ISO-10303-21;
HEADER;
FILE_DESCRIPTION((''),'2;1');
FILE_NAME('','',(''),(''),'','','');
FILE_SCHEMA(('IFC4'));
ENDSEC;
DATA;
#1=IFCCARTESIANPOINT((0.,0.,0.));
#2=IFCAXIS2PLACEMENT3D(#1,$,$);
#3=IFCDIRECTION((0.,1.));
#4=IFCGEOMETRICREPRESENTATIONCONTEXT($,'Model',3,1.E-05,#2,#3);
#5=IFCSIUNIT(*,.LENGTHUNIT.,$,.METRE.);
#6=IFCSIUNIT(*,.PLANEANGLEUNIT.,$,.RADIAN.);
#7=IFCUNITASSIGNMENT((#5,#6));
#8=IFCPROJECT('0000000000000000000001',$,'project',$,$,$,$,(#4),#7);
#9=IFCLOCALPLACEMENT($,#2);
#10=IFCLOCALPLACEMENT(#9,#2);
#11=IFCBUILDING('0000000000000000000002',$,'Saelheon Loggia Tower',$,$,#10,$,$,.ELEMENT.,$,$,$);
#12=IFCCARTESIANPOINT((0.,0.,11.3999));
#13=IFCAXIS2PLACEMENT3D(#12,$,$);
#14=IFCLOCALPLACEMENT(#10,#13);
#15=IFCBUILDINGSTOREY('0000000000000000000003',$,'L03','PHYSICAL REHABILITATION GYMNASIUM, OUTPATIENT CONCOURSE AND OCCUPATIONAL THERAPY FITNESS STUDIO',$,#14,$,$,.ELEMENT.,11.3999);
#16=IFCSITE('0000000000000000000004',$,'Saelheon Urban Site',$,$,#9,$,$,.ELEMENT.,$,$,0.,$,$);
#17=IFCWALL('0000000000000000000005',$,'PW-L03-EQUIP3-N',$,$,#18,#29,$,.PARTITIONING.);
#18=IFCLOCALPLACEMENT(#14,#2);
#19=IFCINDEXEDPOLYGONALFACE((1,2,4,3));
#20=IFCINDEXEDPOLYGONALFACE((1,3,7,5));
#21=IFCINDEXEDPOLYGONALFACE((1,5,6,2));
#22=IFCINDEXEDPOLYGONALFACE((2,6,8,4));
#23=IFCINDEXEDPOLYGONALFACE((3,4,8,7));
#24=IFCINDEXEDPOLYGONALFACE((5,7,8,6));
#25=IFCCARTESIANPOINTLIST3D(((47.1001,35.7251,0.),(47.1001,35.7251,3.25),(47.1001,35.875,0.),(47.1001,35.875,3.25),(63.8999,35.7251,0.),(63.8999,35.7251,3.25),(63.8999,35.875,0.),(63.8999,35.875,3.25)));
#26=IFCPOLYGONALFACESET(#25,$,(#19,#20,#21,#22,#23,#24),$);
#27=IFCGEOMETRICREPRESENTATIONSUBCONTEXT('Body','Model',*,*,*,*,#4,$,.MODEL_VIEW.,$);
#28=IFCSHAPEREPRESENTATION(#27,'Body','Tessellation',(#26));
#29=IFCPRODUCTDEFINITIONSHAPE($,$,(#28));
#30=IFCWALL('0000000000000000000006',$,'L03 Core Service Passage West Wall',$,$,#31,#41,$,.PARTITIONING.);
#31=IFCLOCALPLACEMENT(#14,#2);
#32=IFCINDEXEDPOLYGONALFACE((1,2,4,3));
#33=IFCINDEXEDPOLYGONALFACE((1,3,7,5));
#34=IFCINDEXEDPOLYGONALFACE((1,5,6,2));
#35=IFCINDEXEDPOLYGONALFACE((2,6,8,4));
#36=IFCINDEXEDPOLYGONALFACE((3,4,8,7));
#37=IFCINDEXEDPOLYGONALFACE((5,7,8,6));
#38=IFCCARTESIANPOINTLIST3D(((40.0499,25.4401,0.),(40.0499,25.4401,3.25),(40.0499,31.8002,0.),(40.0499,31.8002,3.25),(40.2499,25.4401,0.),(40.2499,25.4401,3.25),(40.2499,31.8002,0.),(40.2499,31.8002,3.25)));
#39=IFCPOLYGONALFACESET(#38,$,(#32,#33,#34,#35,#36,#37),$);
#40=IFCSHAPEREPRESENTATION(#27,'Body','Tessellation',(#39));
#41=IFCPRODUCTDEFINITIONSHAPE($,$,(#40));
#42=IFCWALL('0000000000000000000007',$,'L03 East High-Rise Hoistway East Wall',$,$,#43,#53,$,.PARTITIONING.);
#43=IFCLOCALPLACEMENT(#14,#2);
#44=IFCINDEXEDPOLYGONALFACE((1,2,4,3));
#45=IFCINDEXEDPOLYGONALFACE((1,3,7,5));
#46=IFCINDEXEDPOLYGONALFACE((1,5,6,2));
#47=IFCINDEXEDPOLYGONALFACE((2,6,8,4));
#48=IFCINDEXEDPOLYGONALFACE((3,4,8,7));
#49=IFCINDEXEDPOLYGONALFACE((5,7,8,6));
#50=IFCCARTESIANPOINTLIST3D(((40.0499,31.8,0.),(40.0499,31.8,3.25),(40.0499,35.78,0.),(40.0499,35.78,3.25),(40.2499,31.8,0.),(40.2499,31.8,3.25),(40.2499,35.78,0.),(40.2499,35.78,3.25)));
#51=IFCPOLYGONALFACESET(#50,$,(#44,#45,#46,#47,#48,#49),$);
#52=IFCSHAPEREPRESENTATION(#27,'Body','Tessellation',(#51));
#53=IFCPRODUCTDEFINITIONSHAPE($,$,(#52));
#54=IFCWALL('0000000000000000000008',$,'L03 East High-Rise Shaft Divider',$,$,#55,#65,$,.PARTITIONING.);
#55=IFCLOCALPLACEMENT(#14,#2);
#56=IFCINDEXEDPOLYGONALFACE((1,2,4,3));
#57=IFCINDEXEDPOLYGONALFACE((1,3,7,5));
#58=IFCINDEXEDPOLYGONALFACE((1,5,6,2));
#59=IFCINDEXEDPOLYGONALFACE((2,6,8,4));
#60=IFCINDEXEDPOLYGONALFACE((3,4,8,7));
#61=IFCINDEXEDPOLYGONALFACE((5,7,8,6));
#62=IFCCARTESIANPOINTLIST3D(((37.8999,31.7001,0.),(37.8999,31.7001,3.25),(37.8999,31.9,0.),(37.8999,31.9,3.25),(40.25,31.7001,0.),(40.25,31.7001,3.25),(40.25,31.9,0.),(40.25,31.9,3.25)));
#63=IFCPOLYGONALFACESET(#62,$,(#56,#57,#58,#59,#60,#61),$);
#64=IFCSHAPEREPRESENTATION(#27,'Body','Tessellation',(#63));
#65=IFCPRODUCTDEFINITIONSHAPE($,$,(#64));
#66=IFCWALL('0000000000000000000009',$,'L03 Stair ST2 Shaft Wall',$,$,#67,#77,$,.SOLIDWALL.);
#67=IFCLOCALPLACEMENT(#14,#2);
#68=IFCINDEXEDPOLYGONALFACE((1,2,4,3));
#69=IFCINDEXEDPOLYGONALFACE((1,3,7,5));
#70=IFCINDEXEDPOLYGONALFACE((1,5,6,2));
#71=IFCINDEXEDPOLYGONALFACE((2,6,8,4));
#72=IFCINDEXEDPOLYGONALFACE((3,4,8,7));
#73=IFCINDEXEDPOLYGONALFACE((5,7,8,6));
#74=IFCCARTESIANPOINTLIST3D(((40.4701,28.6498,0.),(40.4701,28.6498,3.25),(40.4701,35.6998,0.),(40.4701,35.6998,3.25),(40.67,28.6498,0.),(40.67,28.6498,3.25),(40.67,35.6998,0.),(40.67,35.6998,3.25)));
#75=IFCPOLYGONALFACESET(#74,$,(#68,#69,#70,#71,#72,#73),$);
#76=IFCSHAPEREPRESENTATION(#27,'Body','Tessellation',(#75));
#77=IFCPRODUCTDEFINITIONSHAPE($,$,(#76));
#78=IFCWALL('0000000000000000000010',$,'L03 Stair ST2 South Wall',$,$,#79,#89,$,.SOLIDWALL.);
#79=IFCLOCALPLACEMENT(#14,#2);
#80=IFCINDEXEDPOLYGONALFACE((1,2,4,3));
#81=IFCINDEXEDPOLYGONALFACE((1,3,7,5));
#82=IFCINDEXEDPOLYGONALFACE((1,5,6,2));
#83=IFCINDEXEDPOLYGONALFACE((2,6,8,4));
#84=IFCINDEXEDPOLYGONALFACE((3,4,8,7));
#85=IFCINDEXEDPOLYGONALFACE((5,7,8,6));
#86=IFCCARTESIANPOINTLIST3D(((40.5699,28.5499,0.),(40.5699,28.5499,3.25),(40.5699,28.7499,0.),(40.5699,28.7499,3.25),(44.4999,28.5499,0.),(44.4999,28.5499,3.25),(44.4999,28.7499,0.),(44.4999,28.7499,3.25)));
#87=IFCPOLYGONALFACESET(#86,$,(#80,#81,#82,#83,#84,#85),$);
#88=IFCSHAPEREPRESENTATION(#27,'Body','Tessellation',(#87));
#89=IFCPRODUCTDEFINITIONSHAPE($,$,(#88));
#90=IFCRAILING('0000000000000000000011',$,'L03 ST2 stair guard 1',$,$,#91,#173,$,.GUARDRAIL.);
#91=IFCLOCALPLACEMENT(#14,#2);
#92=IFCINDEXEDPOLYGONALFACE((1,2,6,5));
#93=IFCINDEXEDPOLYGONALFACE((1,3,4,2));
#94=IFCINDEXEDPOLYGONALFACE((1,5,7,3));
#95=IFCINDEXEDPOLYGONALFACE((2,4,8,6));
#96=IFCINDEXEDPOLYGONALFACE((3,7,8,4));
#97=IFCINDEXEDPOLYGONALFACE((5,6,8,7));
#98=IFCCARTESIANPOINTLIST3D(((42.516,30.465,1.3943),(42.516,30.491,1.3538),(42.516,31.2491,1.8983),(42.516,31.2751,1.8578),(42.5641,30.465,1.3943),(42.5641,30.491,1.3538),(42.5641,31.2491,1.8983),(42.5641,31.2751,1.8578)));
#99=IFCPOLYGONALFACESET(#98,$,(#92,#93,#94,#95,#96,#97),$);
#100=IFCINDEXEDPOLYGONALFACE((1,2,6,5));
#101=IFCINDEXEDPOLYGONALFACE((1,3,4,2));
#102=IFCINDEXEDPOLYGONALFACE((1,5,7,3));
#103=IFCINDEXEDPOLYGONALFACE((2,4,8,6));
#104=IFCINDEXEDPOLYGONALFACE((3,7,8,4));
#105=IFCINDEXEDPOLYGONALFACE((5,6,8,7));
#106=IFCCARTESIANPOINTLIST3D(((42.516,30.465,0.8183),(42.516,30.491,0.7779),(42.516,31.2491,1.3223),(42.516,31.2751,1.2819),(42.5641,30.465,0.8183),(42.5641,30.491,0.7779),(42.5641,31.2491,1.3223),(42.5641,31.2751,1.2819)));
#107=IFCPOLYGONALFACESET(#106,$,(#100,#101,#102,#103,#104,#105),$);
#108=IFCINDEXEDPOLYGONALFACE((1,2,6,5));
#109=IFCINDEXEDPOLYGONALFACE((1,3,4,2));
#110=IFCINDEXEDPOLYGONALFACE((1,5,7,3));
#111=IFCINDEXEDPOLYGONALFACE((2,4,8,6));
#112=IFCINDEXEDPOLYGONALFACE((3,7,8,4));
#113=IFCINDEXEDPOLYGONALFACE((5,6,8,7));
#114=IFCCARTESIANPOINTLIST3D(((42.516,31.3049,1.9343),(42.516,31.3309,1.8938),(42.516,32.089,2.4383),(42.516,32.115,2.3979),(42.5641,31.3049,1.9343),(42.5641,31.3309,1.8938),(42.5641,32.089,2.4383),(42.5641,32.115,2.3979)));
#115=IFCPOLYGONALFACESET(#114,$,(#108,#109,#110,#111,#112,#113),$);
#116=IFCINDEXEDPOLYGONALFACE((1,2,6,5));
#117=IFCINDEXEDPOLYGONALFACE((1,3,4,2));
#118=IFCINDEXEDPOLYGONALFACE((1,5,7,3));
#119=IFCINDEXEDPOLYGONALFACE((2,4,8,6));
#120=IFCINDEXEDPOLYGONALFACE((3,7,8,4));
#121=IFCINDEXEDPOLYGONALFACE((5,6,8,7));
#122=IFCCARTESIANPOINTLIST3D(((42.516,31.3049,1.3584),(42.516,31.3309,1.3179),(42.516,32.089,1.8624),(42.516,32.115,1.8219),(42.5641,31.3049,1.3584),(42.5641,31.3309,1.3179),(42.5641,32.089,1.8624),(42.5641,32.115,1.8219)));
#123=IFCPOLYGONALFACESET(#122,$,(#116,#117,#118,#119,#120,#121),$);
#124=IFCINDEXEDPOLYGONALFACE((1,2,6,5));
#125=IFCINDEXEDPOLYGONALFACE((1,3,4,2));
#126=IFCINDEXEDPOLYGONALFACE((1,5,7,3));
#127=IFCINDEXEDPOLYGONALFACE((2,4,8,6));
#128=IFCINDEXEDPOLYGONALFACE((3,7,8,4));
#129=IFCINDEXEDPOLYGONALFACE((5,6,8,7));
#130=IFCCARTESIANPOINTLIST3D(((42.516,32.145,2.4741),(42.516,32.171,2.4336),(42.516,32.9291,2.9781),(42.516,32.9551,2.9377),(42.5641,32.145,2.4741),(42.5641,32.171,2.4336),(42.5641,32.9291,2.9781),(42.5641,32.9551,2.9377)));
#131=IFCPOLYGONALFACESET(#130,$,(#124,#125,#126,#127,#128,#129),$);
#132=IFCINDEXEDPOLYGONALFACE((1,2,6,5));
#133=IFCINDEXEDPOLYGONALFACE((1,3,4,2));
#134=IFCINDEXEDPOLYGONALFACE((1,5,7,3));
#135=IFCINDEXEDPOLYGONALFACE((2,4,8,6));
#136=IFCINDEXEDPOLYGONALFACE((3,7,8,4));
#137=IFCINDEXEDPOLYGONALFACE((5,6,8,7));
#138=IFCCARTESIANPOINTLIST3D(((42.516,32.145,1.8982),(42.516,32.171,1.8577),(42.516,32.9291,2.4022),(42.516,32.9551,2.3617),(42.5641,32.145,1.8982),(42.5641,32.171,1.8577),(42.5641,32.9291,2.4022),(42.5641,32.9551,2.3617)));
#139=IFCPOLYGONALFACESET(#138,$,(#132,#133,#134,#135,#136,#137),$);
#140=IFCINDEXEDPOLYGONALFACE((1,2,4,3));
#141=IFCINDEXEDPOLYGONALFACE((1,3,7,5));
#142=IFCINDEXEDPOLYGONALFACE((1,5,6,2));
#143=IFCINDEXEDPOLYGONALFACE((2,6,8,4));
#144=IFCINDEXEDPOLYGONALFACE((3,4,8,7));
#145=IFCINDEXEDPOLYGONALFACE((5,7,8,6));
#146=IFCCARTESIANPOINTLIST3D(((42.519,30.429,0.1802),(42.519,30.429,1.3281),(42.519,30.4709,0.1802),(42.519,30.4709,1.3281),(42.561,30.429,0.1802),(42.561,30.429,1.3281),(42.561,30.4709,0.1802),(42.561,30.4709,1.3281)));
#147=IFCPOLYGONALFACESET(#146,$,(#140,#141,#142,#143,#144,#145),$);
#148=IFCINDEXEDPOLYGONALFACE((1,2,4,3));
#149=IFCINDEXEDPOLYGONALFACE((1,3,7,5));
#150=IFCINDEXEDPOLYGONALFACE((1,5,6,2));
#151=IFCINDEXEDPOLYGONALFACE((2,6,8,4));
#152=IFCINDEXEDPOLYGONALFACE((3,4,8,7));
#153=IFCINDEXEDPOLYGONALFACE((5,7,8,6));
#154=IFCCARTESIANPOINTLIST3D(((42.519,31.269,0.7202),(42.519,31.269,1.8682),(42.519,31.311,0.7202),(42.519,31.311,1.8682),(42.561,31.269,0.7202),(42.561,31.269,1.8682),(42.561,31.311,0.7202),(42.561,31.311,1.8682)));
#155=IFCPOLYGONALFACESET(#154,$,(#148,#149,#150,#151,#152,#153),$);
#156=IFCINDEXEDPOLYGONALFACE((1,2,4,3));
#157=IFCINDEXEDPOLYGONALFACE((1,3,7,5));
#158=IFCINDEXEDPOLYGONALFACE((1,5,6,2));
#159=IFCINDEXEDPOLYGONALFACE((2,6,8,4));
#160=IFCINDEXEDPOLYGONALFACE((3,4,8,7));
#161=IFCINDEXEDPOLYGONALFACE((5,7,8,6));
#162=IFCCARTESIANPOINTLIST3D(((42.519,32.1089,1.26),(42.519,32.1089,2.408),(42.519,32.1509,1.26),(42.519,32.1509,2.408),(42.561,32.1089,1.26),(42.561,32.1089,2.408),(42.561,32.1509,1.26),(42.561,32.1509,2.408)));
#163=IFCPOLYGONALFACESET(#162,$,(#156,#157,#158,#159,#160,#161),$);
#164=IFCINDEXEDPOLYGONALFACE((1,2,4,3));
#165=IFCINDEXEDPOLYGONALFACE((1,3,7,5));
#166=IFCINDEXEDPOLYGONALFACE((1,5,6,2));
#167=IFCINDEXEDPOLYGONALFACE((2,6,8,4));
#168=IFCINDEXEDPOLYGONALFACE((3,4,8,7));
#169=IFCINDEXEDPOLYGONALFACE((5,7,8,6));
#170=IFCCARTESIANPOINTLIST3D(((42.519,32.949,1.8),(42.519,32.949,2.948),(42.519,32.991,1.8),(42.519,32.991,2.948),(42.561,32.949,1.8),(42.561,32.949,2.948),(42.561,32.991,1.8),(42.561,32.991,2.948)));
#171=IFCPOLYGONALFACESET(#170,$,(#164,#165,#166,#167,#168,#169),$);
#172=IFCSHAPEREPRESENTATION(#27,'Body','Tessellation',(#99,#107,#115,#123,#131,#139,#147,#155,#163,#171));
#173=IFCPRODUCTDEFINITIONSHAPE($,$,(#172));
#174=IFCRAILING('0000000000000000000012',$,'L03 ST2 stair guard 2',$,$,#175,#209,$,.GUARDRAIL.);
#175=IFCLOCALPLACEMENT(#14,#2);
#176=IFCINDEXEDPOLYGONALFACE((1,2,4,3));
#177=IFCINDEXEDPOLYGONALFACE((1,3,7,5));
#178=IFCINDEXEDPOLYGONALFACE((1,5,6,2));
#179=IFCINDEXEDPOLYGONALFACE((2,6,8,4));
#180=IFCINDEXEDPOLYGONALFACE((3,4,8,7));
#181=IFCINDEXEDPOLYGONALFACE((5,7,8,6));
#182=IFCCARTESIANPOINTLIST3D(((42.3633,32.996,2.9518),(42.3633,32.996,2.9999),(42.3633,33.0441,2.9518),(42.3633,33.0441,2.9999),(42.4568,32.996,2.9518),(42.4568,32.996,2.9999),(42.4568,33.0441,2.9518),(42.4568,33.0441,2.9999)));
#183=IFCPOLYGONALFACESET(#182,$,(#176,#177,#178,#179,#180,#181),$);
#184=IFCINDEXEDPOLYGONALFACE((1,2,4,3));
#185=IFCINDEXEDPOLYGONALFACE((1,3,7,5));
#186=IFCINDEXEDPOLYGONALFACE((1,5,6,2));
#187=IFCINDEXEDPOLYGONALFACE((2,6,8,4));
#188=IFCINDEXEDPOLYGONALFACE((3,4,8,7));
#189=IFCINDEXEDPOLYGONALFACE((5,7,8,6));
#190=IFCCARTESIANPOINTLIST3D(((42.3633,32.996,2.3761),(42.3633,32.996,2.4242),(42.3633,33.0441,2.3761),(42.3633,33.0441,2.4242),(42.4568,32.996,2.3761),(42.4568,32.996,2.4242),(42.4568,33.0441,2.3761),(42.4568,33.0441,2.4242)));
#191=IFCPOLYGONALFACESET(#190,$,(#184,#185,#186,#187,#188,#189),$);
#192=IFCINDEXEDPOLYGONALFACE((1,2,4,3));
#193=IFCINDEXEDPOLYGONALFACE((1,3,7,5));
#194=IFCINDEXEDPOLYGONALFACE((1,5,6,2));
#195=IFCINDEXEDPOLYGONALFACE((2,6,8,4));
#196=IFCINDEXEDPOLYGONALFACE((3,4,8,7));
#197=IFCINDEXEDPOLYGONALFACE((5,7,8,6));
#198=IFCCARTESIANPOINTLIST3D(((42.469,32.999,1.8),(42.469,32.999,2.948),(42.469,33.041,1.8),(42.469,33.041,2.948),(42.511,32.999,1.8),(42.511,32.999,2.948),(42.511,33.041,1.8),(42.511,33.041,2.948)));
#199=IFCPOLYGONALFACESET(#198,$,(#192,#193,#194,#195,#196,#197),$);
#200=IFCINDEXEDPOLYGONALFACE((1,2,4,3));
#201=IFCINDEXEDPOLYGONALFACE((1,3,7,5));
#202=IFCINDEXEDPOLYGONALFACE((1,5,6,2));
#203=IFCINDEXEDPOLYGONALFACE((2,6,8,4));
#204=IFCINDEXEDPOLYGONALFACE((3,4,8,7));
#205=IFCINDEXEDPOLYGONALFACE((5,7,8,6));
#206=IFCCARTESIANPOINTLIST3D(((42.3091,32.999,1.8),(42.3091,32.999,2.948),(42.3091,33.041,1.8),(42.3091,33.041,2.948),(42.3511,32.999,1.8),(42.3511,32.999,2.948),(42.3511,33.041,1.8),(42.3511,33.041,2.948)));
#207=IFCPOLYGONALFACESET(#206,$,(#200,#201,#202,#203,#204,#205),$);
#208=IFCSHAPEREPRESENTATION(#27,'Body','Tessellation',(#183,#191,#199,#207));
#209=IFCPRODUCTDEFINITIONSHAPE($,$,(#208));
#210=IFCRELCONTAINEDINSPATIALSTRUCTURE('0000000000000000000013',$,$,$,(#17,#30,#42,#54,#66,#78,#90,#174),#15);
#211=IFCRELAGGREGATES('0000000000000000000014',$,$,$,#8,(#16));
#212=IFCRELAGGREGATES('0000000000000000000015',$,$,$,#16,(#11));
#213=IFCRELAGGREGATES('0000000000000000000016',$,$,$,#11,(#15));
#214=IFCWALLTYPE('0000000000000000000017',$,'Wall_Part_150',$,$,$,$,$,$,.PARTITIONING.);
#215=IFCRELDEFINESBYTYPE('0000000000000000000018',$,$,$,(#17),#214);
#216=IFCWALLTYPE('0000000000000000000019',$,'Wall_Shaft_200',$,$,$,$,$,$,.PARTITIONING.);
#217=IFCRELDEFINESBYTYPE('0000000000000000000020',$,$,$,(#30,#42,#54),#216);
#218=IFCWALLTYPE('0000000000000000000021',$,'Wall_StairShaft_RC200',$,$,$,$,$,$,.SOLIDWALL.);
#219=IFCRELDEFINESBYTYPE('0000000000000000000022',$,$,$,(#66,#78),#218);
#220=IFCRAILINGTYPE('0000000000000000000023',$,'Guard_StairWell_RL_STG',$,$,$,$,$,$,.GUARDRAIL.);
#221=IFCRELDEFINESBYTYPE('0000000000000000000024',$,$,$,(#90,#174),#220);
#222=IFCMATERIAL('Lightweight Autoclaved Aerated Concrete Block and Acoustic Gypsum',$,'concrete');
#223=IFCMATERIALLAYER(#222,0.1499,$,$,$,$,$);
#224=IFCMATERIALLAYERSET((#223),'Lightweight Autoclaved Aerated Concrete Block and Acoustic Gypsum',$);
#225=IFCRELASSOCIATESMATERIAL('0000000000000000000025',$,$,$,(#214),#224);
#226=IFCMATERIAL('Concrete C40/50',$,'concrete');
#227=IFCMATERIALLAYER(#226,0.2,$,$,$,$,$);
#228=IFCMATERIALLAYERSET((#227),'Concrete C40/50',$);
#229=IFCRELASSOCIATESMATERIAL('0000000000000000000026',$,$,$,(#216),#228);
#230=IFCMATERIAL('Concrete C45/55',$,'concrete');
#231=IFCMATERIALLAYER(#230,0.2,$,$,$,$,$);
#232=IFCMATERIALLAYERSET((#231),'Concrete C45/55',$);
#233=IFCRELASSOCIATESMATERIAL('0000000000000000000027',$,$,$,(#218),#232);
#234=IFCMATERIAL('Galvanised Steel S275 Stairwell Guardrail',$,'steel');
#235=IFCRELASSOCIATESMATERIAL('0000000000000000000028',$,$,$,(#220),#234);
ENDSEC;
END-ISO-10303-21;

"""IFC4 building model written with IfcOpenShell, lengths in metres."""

from ifc_helpers import new_model, si_unit, direction, frame, frame_2d, origin, origin_2d, place, context, subcontext, project, spatial, rectangle, extrude, material, layer, layer_set, type_object, element, save


model = new_model("IFC4")

# Units and contexts
model_context = context("Model", 3, precision=1e-05, world=origin(), true_north=direction((0.0, 1.0)))
body_context = subcontext(model_context, "Body", "Model", "MODEL_VIEW")
ifc_project = project(units=[si_unit("LENGTHUNIT", "METRE"), si_unit("PLANEANGLEUNIT", "RADIAN")], contexts=[model_context])

# Site, building, storey
site_placement = place(None, origin())
site = spatial("IfcSite", under=ifc_project, at=site_placement, Name="Saelheon Urban Site", CompositionType="ELEMENT", RefElevation=0.0)
building_placement = place(site_placement, origin())
building = spatial("IfcBuilding", under=site, at=building_placement, Name="Saelheon Loggia Tower", CompositionType="ELEMENT")
storey_placement = place(building_placement, frame((0.0, 0.0, 11.3999)))
storey = spatial("IfcBuildingStorey", under=building, at=storey_placement, Name="L03", Description="PHYSICAL REHABILITATION GYMNASIUM, OUTPATIENT CONCOURSE AND OCCUPATIONAL THERAPY FITNESS STUDIO", CompositionType="ELEMENT", Elevation=11.3999)

# Shared definitions
ifc_material_1 = material(Name="Concrete C45/55", Category="concrete")

# Shared definitions
ifc_material_2 = material(Name="Lightweight Autoclaved Aerated Concrete Block and Acoustic Gypsum", Category="concrete")
ifc_layer_1 = layer(ifc_material_2, 0.1499)
ifc_layer_set_1 = layer_set([ifc_layer_1], Name="Lightweight Autoclaved Aerated Concrete Block and Acoustic Gypsum")
wall_type_1 = type_object("IfcWallType", Name="Wall_Part_150", PredefinedType="PARTITIONING", material=ifc_layer_set_1)

# Walls
wall_1_placement = place(storey_placement, frame((47.1001, 35.8, 0.0), z_axis=(0.0, 0.0, 1.0), x_axis=(1.0, 0.0, 0.0)))
element("IfcWall", 1, at=wall_1_placement, inside=storey, type_object=wall_type_1, Name="PW-L03-EQUIP3-N", PredefinedType="PARTITIONING", context=body_context, shape_type="SweptSolid", body=[
    extrude(rectangle(XDim=16.7998, YDim=0.1499, at=frame_2d((8.3999, 0.0))), origin(), (0.0, 0.0, 1.0), 3.25),
])
ifc_material_3 = material(Name="Concrete C40/50", Category="concrete")
ifc_layer_2 = layer(ifc_material_3, 0.2)
ifc_layer_set_2 = layer_set([ifc_layer_2], Name="Concrete C40/50")
wall_type_2 = type_object("IfcWallType", Name="Wall_Shaft_200", PredefinedType="PARTITIONING", material=ifc_layer_set_2)
wall_2_placement = place(storey_placement, frame((40.1499, 25.4399, 0.0), z_axis=(0.0, 0.0, 1.0), x_axis=(0.0, 1.0, 0.0)))
element("IfcWall", 2, at=wall_2_placement, inside=storey, type_object=wall_type_2, Name="L03 Core Service Passage West Wall", PredefinedType="PARTITIONING", context=body_context, shape_type="SweptSolid", body=[
    extrude(rectangle(XDim=6.3601, YDim=0.2, at=frame_2d((3.1802, 0.0))), origin(), (0.0, 0.0, 1.0), 3.25),
])
wall_3_placement = place(storey_placement, frame((40.1499, 31.8, 0.0), z_axis=(0.0, 0.0, 1.0), x_axis=(0.0, 1.0, 0.0)))
element("IfcWall", 3, at=wall_3_placement, inside=storey, type_object=wall_type_2, Name="L03 East High-Rise Hoistway East Wall", PredefinedType="PARTITIONING", context=body_context, shape_type="SweptSolid", body=[
    extrude(rectangle(XDim=3.98, YDim=0.2, at=frame_2d((1.99, 0.0))), origin(), (0.0, 0.0, 1.0), 3.25),
])
wall_4_placement = place(storey_placement, frame((37.8999, 31.8, 0.0), z_axis=(0.0, 0.0, 1.0), x_axis=(1.0, 0.0, 0.0)))
element("IfcWall", 4, at=wall_4_placement, inside=storey, type_object=wall_type_2, Name="L03 East High-Rise Shaft Divider", PredefinedType="PARTITIONING", context=body_context, shape_type="SweptSolid", body=[
    extrude(rectangle(XDim=2.3501, YDim=0.2, at=frame_2d((1.175, 0.0))), origin(), (0.0, 0.0, 1.0), 3.25),
])
ifc_layer_3 = layer(ifc_material_1, 0.2)
ifc_layer_set_3 = layer_set([ifc_layer_3], Name="Concrete C45/55")
wall_type_3 = type_object("IfcWallType", Name="Wall_StairShaft_RC200", PredefinedType="SOLIDWALL", material=ifc_layer_set_3)
wall_5_placement = place(storey_placement, frame((40.5701, 28.6499, 0.0), z_axis=(0.0, 0.0, 1.0), x_axis=(0.0, 1.0, 0.0)))
element("IfcWall", 5, at=wall_5_placement, inside=storey, type_object=wall_type_3, Name="L03 Stair ST2 Shaft Wall", PredefinedType="SOLIDWALL", context=body_context, shape_type="SweptSolid", body=[
    extrude(rectangle(XDim=7.05, YDim=0.2, at=frame_2d((3.5249, 0.0))), origin(), (0.0, 0.0, 1.0), 3.25),
])
wall_6_placement = place(storey_placement, frame((40.5701, 28.6499, 0.0), z_axis=(0.0, 0.0, 1.0), x_axis=(1.0, 0.0, 0.0)))
element("IfcWall", 6, at=wall_6_placement, inside=storey, type_object=wall_type_3, Name="L03 Stair ST2 South Wall", PredefinedType="SOLIDWALL", context=body_context, shape_type="SweptSolid", body=[
    extrude(rectangle(XDim=3.9299, YDim=0.2, at=frame_2d((1.9648, 0.0))), origin(), (0.0, 0.0, 1.0), 3.25),
])

# Railings
ifc_material_4 = material(Name="Galvanised Steel S275 Stairwell Guardrail", Category="steel")
railing_type_1 = type_object("IfcRailingType", Name="Guard_StairWell_RL_STG", PredefinedType="GUARDRAIL", material=ifc_material_4)
railing_1_placement = place(storey_placement, frame((42.54, 30.45, 0.1802)))
element("IfcRailing", 7, at=railing_1_placement, inside=storey, type_object=railing_type_1, Name="L03 ST2 stair guard 1", PredefinedType="GUARDRAIL", context=body_context, shape_type="SweptSolid", body=[
    extrude(rectangle(XDim=0.0481, YDim=0.0481, at=origin_2d()), frame((0.0, 0.0281, 1.1938), z_axis=(0.0, 0.8412, 0.540725), x_axis=(-1.0, 0.0, 0.0)), (0.0, 0.0, 1.0), 0.9321),
    extrude(rectangle(XDim=0.0481, YDim=0.0481, at=origin_2d()), frame((0.0, 0.0281, 0.6179), z_axis=(0.0, 0.8412, 0.540725), x_axis=(-1.0, 0.0, 0.0)), (0.0, 0.0, 1.0), 0.9321),
    extrude(rectangle(XDim=0.0481, YDim=0.0481, at=origin_2d()), frame((0.0, 0.8679, 1.7339), z_axis=(0.0, 0.8412, 0.540725), x_axis=(-1.0, 0.0, 0.0)), (0.0, 0.0, 1.0), 0.9321),
    extrude(rectangle(XDim=0.0481, YDim=0.0481, at=origin_2d()), frame((0.0, 0.8679, 1.158), z_axis=(0.0, 0.8412, 0.540725), x_axis=(-1.0, 0.0, 0.0)), (0.0, 0.0, 1.0), 0.9321),
    extrude(rectangle(XDim=0.0481, YDim=0.0481, at=origin_2d()), frame((0.0, 1.708, 2.2737), z_axis=(0.0, 0.8412, 0.540725), x_axis=(-1.0, 0.0, 0.0)), (0.0, 0.0, 1.0), 0.9321),
    extrude(rectangle(XDim=0.0481, YDim=0.0481, at=origin_2d()), frame((0.0, 1.708, 1.6978), z_axis=(0.0, 0.8412, 0.540725), x_axis=(-1.0, 0.0, 0.0)), (0.0, 0.0, 1.0), 0.9321),
    extrude(rectangle(XDim=0.042, YDim=0.042, at=origin_2d()), origin(), (0.0, 0.0, 1.0), 1.1479),
    extrude(rectangle(XDim=0.042, YDim=0.042, at=origin_2d()), frame((0.0, 0.8401, 0.54)), (0.0, 0.0, 1.0), 1.1479),
    extrude(rectangle(XDim=0.042, YDim=0.042, at=origin_2d()), frame((0.0, 1.6799, 1.0798)), (0.0, 0.0, 1.0), 1.1479),
    extrude(rectangle(XDim=0.042, YDim=0.042, at=origin_2d()), frame((0.0, 2.52, 1.6199)), (0.0, 0.0, 1.0), 1.1479),
])
railing_2_placement = place(storey_placement, frame((42.49, 33.02, 1.8)))
element("IfcRailing", 8, at=railing_2_placement, inside=storey, type_object=railing_type_1, Name="L03 ST2 stair guard 2", PredefinedType="GUARDRAIL", context=body_context, shape_type="SweptSolid", body=[
    extrude(rectangle(XDim=0.0481, YDim=0.0481, at=origin_2d()), frame((-0.0332, 0.0, 1.1758), z_axis=(-1.0, 0.0, 0.0), x_axis=(0.0, -1.0, 0.0)), (0.0, 0.0, 1.0), 0.0935),
    extrude(rectangle(XDim=0.0481, YDim=0.0481, at=origin_2d()), frame((-0.0332, 0.0, 0.6001), z_axis=(-1.0, 0.0, 0.0), x_axis=(0.0, -1.0, 0.0)), (0.0, 0.0, 1.0), 0.0935),
    extrude(rectangle(XDim=0.042, YDim=0.042, at=origin_2d()), origin(), (0.0, 0.0, 1.0), 1.1479),
    extrude(rectangle(XDim=0.042, YDim=0.042, at=origin_2d()), frame((-0.1599, 0.0, 0.0)), (0.0, 0.0, 1.0), 1.1479),
])

save(model, "model.ifc")
